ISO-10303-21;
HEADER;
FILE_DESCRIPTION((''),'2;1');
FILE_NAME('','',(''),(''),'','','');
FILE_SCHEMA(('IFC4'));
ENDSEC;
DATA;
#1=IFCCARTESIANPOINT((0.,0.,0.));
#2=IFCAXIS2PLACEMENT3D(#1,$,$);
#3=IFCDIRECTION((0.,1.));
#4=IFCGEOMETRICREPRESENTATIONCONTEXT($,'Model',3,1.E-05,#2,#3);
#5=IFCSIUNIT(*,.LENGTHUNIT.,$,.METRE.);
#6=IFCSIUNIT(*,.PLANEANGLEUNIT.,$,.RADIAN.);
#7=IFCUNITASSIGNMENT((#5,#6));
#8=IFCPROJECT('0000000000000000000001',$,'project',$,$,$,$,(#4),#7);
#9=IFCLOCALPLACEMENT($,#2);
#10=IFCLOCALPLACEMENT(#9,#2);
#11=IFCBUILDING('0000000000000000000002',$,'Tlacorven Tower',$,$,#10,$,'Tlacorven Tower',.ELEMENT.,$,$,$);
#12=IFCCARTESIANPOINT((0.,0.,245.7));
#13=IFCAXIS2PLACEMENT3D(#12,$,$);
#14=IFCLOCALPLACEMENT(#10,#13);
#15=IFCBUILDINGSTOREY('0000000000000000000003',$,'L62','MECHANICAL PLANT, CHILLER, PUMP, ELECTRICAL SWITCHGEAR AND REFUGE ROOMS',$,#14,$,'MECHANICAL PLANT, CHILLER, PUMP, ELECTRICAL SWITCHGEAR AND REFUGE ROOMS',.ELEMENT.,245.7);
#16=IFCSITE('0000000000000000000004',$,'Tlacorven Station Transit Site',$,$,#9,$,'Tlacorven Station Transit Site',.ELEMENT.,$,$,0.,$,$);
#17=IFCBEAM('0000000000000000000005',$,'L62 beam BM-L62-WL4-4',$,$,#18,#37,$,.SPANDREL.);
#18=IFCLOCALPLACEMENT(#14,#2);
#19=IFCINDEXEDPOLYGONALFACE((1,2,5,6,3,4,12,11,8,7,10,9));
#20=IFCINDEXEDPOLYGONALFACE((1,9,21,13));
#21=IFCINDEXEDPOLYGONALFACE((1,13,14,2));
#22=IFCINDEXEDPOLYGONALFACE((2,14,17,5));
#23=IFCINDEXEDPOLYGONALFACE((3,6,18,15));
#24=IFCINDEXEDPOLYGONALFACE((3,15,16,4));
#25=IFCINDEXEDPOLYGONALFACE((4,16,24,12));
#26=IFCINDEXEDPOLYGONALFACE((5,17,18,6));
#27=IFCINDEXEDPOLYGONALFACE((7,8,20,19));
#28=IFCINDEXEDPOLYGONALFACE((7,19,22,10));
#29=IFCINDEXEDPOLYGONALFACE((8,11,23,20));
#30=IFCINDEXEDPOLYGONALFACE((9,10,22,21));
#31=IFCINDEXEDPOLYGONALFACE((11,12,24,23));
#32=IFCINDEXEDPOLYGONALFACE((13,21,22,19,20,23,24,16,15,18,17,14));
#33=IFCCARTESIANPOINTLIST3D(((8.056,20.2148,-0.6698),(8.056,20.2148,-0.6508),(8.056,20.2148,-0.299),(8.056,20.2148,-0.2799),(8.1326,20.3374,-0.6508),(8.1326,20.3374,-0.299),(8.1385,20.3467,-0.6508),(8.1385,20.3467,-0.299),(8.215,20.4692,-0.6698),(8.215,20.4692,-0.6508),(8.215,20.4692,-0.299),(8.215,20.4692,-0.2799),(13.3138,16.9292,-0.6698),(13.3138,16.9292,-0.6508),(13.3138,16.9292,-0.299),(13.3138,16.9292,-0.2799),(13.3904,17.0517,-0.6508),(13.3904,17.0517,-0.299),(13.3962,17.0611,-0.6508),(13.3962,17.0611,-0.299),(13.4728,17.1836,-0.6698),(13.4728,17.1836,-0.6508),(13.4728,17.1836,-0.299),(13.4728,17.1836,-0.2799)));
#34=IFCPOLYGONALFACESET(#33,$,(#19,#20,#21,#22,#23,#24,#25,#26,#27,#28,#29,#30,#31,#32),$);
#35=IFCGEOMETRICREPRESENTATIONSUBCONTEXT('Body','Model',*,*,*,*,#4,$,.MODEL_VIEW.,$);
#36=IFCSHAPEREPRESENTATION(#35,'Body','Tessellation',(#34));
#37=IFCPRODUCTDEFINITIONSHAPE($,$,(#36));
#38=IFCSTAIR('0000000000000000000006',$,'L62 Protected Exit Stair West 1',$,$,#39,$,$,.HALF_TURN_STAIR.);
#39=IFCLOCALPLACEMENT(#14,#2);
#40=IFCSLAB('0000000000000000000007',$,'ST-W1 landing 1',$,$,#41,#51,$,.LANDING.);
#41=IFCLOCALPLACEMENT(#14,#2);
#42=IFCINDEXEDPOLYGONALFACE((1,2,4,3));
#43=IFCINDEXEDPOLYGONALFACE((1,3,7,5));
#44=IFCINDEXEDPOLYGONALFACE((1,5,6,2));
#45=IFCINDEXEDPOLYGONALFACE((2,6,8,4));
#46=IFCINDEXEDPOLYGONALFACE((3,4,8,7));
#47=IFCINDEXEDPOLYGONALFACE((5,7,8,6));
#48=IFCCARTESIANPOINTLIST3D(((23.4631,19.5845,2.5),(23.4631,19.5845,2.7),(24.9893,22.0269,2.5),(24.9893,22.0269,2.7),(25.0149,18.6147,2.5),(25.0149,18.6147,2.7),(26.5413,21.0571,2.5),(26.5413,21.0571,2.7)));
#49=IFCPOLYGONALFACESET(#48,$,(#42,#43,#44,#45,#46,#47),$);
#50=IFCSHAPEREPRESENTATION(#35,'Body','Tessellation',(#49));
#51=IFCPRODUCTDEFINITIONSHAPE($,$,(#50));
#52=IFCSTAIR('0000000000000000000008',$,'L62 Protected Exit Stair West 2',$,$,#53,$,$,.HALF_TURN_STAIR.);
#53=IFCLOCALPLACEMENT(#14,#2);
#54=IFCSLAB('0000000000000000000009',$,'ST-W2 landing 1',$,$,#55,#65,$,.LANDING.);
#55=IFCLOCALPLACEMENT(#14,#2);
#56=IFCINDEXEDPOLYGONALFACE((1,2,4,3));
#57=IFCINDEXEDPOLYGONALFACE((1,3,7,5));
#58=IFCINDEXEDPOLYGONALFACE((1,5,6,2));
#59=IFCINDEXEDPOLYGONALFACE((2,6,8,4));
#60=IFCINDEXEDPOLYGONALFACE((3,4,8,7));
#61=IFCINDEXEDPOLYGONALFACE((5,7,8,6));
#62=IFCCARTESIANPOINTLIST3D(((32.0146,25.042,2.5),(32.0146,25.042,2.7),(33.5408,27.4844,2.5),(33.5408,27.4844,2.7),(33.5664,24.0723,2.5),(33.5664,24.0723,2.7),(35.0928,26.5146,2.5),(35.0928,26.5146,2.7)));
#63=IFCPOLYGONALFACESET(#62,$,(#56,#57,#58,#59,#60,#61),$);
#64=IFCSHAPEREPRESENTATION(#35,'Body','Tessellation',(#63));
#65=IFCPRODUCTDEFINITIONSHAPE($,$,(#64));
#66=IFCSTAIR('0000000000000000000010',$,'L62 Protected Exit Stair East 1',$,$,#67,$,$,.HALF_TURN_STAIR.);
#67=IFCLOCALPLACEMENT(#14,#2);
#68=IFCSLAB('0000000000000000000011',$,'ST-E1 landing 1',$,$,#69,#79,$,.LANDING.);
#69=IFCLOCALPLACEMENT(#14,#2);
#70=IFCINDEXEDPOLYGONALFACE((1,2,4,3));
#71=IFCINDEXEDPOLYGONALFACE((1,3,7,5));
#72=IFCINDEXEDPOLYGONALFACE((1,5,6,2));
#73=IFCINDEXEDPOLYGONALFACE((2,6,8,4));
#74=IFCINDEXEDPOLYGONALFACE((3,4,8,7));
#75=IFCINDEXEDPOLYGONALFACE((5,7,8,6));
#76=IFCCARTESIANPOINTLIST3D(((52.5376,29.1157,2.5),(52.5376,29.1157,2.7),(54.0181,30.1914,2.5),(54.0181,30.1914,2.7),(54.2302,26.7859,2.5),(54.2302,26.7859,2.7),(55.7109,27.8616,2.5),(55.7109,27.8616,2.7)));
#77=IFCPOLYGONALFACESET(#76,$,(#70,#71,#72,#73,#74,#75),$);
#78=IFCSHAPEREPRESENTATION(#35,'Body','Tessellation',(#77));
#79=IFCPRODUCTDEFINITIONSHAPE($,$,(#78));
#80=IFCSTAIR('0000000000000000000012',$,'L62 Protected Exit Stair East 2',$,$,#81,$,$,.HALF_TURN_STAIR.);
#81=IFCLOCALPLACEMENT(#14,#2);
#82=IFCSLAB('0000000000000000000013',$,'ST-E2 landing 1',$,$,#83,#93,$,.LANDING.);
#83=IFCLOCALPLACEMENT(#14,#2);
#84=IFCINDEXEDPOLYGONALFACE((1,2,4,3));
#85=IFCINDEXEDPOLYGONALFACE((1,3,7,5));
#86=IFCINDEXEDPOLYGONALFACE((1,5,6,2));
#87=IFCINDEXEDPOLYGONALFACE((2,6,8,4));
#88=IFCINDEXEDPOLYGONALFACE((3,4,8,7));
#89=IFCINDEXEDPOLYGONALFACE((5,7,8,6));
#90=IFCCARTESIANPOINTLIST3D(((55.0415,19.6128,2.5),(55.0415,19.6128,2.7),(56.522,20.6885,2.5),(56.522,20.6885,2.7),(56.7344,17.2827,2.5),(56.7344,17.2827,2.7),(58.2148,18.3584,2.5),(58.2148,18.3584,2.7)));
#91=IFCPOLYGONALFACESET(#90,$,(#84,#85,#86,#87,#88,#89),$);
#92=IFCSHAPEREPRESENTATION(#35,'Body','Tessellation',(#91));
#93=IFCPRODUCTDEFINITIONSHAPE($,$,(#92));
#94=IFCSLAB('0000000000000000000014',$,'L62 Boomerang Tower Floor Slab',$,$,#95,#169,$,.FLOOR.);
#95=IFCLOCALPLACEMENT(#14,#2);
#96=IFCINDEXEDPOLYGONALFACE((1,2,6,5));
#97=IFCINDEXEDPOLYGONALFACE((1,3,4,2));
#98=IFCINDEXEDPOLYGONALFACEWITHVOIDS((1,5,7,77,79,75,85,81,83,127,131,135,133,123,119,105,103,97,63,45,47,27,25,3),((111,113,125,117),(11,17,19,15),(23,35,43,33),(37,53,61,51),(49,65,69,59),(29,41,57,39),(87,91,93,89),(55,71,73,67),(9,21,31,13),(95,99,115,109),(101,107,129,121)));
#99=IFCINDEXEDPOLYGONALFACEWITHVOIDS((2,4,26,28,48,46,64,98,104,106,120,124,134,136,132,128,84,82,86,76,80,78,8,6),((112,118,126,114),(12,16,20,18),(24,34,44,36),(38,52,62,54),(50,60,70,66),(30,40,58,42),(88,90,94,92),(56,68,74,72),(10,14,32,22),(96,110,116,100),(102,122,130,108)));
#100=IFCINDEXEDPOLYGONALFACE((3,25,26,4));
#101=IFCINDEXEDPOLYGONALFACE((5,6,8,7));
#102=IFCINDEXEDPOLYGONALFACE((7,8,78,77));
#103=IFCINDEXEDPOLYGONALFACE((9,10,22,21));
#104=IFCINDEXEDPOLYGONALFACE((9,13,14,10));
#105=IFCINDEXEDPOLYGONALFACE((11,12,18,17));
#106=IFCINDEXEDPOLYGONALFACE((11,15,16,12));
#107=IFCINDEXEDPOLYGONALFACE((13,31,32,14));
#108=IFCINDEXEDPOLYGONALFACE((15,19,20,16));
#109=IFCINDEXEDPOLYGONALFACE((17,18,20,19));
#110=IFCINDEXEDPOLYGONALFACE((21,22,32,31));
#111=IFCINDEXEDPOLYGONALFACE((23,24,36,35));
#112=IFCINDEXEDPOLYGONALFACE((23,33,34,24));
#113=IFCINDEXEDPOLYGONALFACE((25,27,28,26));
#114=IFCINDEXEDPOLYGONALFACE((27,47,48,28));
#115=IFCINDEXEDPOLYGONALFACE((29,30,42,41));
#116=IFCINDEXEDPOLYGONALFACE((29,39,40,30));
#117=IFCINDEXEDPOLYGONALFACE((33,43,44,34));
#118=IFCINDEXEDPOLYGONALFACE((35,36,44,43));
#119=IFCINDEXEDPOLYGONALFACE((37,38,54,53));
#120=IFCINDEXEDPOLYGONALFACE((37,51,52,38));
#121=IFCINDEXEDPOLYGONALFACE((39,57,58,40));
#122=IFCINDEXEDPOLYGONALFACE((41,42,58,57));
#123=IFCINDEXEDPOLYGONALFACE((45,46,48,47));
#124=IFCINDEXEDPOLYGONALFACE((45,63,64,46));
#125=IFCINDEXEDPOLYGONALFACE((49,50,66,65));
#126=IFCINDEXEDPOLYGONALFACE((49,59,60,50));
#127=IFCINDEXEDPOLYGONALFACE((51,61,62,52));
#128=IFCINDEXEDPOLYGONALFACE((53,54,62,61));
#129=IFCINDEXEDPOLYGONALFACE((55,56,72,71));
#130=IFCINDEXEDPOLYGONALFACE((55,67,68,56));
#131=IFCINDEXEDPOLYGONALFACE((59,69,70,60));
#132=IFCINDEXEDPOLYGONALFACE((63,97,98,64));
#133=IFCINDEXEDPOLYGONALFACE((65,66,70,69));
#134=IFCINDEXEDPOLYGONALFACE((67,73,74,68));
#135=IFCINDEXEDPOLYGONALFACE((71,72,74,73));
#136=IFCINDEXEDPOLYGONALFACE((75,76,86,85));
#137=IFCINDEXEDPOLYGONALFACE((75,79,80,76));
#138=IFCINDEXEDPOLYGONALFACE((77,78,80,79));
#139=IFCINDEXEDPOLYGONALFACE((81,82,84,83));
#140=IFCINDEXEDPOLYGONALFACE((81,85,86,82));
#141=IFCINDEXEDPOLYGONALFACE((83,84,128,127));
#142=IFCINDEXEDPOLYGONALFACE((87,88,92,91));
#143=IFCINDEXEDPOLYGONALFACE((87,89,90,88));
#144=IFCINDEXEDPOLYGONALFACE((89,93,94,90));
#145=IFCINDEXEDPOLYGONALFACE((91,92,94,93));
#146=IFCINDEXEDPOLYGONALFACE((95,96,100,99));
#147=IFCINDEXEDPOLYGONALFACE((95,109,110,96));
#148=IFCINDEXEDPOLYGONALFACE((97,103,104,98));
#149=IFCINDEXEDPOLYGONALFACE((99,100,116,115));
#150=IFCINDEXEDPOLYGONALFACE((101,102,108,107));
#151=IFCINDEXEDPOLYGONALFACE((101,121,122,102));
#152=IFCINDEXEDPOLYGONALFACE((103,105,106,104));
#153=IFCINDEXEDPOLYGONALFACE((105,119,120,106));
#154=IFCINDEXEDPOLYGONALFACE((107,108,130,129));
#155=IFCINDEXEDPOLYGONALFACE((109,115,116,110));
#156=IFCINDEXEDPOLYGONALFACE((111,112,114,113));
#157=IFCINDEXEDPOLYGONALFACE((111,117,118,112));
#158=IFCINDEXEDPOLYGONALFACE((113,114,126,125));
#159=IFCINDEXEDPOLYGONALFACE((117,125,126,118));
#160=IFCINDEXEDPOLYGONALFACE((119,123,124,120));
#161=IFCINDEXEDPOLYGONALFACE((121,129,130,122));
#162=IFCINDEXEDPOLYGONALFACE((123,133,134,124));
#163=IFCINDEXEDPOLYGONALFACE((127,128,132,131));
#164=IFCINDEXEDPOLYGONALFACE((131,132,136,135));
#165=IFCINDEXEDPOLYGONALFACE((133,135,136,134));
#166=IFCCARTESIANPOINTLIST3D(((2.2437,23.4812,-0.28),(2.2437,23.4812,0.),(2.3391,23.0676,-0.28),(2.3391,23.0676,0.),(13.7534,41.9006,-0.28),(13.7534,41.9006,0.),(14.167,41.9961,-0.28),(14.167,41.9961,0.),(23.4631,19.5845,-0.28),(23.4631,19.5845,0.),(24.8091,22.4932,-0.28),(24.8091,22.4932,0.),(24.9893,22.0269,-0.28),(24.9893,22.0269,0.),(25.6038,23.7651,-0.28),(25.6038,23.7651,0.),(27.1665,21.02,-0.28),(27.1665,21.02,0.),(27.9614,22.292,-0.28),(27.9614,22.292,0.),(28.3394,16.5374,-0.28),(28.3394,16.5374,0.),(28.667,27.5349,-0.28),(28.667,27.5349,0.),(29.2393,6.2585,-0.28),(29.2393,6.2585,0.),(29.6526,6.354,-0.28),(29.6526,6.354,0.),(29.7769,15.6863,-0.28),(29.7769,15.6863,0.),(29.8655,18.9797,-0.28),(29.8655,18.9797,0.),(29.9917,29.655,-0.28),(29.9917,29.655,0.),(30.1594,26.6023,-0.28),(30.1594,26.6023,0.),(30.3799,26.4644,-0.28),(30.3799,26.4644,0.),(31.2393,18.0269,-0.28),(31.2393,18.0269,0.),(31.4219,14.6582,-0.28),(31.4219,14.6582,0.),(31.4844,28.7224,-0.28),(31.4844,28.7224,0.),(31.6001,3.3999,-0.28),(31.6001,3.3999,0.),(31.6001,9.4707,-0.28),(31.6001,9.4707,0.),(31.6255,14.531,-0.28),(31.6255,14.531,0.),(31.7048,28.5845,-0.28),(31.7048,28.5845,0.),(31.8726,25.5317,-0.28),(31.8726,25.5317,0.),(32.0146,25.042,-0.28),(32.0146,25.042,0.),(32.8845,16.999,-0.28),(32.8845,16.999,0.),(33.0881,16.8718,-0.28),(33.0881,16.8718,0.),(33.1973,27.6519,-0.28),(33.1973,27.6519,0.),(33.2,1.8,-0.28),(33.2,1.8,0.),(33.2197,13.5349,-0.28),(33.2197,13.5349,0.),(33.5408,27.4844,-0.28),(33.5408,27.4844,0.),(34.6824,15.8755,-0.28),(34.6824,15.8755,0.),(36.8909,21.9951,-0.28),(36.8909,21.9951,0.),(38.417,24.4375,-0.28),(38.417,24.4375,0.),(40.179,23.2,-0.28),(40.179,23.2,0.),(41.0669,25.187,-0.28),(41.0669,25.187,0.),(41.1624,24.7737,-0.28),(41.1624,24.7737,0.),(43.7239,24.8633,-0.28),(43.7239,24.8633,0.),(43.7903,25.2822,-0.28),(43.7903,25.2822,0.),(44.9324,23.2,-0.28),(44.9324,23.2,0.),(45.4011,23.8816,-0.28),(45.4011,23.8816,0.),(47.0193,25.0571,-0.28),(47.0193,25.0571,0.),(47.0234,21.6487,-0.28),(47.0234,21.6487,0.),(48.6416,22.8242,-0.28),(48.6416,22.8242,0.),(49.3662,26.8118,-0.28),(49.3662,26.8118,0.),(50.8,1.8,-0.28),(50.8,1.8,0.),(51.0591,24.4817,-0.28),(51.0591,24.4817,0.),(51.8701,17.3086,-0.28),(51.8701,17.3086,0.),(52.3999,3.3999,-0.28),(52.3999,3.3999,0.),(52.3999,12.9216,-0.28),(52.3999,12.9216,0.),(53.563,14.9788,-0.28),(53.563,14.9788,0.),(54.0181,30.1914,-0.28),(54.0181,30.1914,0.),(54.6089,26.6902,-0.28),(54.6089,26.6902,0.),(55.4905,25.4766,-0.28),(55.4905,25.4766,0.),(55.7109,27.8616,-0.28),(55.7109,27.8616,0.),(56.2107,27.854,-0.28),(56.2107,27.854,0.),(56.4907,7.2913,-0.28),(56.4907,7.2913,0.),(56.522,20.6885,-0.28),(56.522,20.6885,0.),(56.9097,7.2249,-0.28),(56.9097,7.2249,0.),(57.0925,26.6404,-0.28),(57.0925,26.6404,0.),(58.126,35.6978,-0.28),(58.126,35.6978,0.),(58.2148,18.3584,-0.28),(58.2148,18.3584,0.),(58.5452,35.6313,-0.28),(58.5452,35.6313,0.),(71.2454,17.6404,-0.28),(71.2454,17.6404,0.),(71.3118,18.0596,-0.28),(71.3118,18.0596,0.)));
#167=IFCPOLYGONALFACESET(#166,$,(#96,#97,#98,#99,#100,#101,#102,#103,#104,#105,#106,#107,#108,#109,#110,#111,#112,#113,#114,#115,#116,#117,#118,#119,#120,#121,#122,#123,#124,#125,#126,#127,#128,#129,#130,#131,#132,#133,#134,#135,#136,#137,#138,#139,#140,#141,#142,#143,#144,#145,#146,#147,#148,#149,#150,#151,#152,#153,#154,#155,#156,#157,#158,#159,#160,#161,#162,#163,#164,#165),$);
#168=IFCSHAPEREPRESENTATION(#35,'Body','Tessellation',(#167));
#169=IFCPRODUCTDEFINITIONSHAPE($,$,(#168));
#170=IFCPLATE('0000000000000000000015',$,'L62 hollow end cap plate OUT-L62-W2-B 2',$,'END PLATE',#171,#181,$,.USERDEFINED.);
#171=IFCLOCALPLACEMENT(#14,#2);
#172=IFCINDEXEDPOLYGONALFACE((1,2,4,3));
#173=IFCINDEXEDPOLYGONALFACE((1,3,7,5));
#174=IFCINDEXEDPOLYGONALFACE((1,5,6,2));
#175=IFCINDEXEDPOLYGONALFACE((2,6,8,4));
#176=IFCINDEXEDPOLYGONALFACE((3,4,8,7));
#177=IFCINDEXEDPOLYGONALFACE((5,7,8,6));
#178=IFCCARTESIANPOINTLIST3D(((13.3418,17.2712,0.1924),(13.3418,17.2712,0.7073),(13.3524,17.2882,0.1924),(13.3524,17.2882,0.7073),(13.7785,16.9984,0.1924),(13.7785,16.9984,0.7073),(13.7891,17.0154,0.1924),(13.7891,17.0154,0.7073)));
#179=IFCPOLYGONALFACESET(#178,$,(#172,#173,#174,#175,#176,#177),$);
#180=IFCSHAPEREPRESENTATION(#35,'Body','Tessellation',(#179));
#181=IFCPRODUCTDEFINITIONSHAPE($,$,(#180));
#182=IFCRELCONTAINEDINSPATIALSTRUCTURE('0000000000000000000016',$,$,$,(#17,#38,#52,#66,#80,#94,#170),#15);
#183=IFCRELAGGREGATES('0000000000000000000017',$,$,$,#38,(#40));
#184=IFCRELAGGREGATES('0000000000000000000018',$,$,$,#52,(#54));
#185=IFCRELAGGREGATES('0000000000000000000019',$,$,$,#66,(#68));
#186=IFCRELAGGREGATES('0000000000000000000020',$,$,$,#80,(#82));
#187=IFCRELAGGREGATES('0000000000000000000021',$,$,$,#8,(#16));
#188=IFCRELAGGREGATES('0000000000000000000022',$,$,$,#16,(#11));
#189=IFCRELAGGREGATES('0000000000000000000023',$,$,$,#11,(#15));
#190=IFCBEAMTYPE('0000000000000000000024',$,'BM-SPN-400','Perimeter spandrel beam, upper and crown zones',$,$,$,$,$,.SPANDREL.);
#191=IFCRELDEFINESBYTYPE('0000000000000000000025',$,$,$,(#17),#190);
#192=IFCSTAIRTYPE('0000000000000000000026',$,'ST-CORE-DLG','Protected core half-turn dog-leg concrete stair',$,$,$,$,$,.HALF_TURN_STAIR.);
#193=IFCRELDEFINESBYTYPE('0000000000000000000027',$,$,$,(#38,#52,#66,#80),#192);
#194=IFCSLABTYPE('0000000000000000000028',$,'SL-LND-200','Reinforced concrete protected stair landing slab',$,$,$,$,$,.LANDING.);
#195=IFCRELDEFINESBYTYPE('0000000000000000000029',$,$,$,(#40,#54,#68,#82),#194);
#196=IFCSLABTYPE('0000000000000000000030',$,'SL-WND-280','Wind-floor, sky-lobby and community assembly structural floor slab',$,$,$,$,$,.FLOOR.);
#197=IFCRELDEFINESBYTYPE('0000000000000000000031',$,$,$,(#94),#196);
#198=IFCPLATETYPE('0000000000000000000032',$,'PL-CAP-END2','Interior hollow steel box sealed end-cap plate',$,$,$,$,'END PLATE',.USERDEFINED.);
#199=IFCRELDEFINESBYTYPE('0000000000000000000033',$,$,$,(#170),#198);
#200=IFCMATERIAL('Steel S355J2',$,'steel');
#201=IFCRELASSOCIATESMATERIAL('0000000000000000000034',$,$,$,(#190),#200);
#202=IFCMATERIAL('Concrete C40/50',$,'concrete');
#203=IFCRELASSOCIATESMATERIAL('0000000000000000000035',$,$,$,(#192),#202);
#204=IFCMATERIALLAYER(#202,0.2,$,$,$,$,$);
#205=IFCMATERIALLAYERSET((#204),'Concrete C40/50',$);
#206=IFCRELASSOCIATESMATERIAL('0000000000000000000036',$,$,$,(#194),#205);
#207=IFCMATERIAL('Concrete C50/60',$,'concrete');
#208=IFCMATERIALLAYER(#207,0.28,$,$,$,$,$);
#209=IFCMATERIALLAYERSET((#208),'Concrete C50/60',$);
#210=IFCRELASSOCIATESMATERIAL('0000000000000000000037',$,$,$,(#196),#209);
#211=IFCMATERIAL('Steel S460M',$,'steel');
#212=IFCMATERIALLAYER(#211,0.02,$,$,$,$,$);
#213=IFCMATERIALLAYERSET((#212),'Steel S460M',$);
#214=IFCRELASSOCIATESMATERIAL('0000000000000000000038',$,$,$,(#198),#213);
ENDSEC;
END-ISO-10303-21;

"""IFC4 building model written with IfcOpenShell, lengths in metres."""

from ifc_helpers import new_model, si_unit, direction, frame, origin, origin_2d, place, context, subcontext, project, spatial, polyline, rectangle, i_section, outline, extrude, source, transform, mapped, material, layer, layer_set, material_profile, profile_set, type_object, element, aggregate, save


model = new_model("IFC4")

# Units and contexts
model_context = context("Model", 3, precision=1e-05, world=origin(), true_north=direction((0.0, 1.0)))
body_context = subcontext(model_context, "Body", "Model", "MODEL_VIEW")
ifc_project = project(units=[si_unit("LENGTHUNIT", "METRE"), si_unit("PLANEANGLEUNIT", "RADIAN")], contexts=[model_context])

# Site, building, storey
site_placement = place(None, origin())
site = spatial("IfcSite", under=ifc_project, at=site_placement, Name="Tlacorven Station Transit Site", LongName="Tlacorven Station Transit Site", CompositionType="ELEMENT", RefElevation=0.0)
building_placement = place(site_placement, origin())
building = spatial("IfcBuilding", under=site, at=building_placement, Name="Tlacorven Tower", LongName="Tlacorven Tower", CompositionType="ELEMENT")
storey_placement = place(building_placement, frame((0.0, 0.0, 245.7)))
storey = spatial("IfcBuildingStorey", under=building, at=storey_placement, Name="L62", Description="MECHANICAL PLANT, CHILLER, PUMP, ELECTRICAL SWITCHGEAR AND REFUGE ROOMS", LongName="MECHANICAL PLANT, CHILLER, PUMP, ELECTRICAL SWITCHGEAR AND REFUGE ROOMS", CompositionType="ELEMENT", Elevation=245.7)

# Shared definitions
ifc_material_1 = material(Name="Steel S355J2", Category="steel")

# Shared definitions
ifc_material_2 = material(Name="Steel S460M", Category="steel")

# Beam
ifc_material_profile_1 = material_profile(ifc_material_1, i_section(OverallWidth=0.3, OverallDepth=0.3899, WebThickness=0.011, FlangeThickness=0.019, at=origin_2d()), Name="HEA 400")
ifc_profile_set_1 = profile_set([ifc_material_profile_1], Name="Steel S355J2")
beam_type = type_object("IfcBeamType", Name="BM-SPN-400", Description="Perimeter spandrel beam, upper and crown zones", PredefinedType="SPANDREL", material=ifc_profile_set_1)
shared_shape_1 = source(origin(), body_context, "Body", "SweptSolid", [
    extrude(i_section(OverallWidth=0.3, OverallDepth=0.3899, WebThickness=0.011, FlangeThickness=0.019, at=origin_2d()), origin(), (0.0, 0.0, 1.0), 6.2),
])
beam_placement = place(storey_placement, frame((13.3933, 17.0564, -0.4749), z_axis=(-0.848034, 0.529942, 0.0), x_axis=(-0.529942, -0.848034, 0.0)))
element("IfcBeam", 1, at=beam_placement, inside=storey, type_object=beam_type, Name="L62 beam BM-L62-WL4-4", PredefinedType="SPANDREL", context=body_context, shape_type="MappedRepresentation", body=[
    mapped(shared_shape_1, transform((0.0, 0.0, 0.0), scale=1.0)),
])

# Stairs, slabs
ifc_material_3 = material(Name="Concrete C40/50", Category="concrete")
stair_type = type_object("IfcStairType", Name="ST-CORE-DLG", Description="Protected core half-turn dog-leg concrete stair", PredefinedType="HALF_TURN_STAIR", material=ifc_material_3)
stair_1_placement = place(storey_placement, origin())
stair_1 = element("IfcStair", 2, at=stair_1_placement, inside=storey, type_object=stair_type, Name="L62 Protected Exit Stair West 1", PredefinedType="HALF_TURN_STAIR")
ifc_layer_1 = layer(ifc_material_3, 0.2)
ifc_layer_set_1 = layer_set([ifc_layer_1], Name="Concrete C40/50")
slab_type_1 = type_object("IfcSlabType", Name="SL-LND-200", Description="Reinforced concrete protected stair landing slab", PredefinedType="LANDING", material=ifc_layer_set_1)
slab_1_placement = place(storey_placement, frame((0.0, 0.0, 2.5)))
slab_1 = element("IfcSlab", 3, at=slab_1_placement, type_object=slab_type_1, Name="ST-W1 landing 1", PredefinedType="LANDING", context=body_context, shape_type="SweptSolid", body=[
    extrude(outline(polyline([(26.5413, 21.0571), (24.9893, 22.0269), (23.4631, 19.5845), (25.0149, 18.6147), (26.5413, 21.0571)])), origin(), (0.0, 0.0, 1.0), 0.2),
])
aggregate(stair_1, [slab_1])
stair_2_placement = place(storey_placement, origin())
stair_2 = element("IfcStair", 4, at=stair_2_placement, inside=storey, type_object=stair_type, Name="L62 Protected Exit Stair West 2", PredefinedType="HALF_TURN_STAIR")
slab_2_placement = place(storey_placement, frame((0.0, 0.0, 2.5)))
slab_2 = element("IfcSlab", 5, at=slab_2_placement, type_object=slab_type_1, Name="ST-W2 landing 1", PredefinedType="LANDING", context=body_context, shape_type="SweptSolid", body=[
    extrude(outline(polyline([(35.0928, 26.5146), (33.5408, 27.4844), (32.0146, 25.042), (33.5664, 24.0723), (35.0928, 26.5146)])), origin(), (0.0, 0.0, 1.0), 0.2),
])
aggregate(stair_2, [slab_2])
stair_3_placement = place(storey_placement, origin())
stair_3 = element("IfcStair", 6, at=stair_3_placement, inside=storey, type_object=stair_type, Name="L62 Protected Exit Stair East 1", PredefinedType="HALF_TURN_STAIR")
slab_3_placement = place(storey_placement, frame((0.0, 0.0, 2.5)))
slab_3 = element("IfcSlab", 7, at=slab_3_placement, type_object=slab_type_1, Name="ST-E1 landing 1", PredefinedType="LANDING", context=body_context, shape_type="SweptSolid", body=[
    extrude(outline(polyline([(54.2302, 26.7859), (55.7109, 27.8616), (54.0181, 30.1914), (52.5376, 29.1157), (54.2302, 26.7859)])), origin(), (0.0, 0.0, 1.0), 0.2),
])
aggregate(stair_3, [slab_3])
stair_4_placement = place(storey_placement, origin())
stair_4 = element("IfcStair", 8, at=stair_4_placement, inside=storey, type_object=stair_type, Name="L62 Protected Exit Stair East 2", PredefinedType="HALF_TURN_STAIR")
slab_4_placement = place(storey_placement, frame((0.0, 0.0, 2.5)))
slab_4 = element("IfcSlab", 9, at=slab_4_placement, type_object=slab_type_1, Name="ST-E2 landing 1", PredefinedType="LANDING", context=body_context, shape_type="SweptSolid", body=[
    extrude(outline(polyline([(56.7344, 17.2827), (58.2148, 18.3584), (56.522, 20.6885), (55.0415, 19.6128), (56.7344, 17.2827)])), origin(), (0.0, 0.0, 1.0), 0.2),
])
aggregate(stair_4, [slab_4])

# Slab
ifc_material_4 = material(Name="Concrete C50/60", Category="concrete")
ifc_layer_2 = layer(ifc_material_4, 0.28)
ifc_layer_set_2 = layer_set([ifc_layer_2], Name="Concrete C50/60")
slab_type_2 = type_object("IfcSlabType", Name="SL-WND-280", Description="Wind-floor, sky-lobby and community assembly structural floor slab", PredefinedType="FLOOR", material=ifc_layer_set_2)
slab_5_placement = place(storey_placement, frame((0.0, 0.0, -0.28)))
element("IfcSlab", 10, at=slab_5_placement, inside=storey, type_object=slab_type_2, Name="L62 Boomerang Tower Floor Slab", PredefinedType="FLOOR", context=body_context, shape_type="SweptSolid", body=[
    extrude(outline(polyline([(52.3999, 3.3999), (50.8, 1.8), (33.2, 1.8), (31.6001, 3.3999), (31.6001, 9.4707), (29.6526, 6.354), (29.2393, 6.2585), (2.3391, 23.0676), (2.2437, 23.4812), (13.7534, 41.9006), (14.167, 41.9961), (41.0669, 25.187), (41.1624, 24.7737), (40.179, 23.2), (44.9324, 23.2), (43.7239, 24.8633), (43.7903, 25.2822), (58.126, 35.6978), (58.5452, 35.6313), (71.3118, 18.0596), (71.2454, 17.6404), (56.9097, 7.2249), (56.4907, 7.2913), (52.3999, 12.9216), (52.3999, 3.3999)]), holes=[polyline([(29.8655, 18.9797), (24.9893, 22.0269), (23.4631, 19.5845), (28.3394, 16.5374), (29.8655, 18.9797)]), polyline([(38.417, 24.4375), (33.5408, 27.4844), (32.0146, 25.042), (36.8909, 21.9951), (38.417, 24.4375)]), polyline([(51.0591, 24.4817), (55.7109, 27.8616), (54.0181, 30.1914), (49.3662, 26.8118), (51.0591, 24.4817)]), polyline([(53.563, 14.9788), (58.2148, 18.3584), (56.522, 20.6885), (51.8701, 17.3086), (53.563, 14.9788)]), polyline([(34.6824, 15.8755), (33.0881, 16.8718), (31.6255, 14.531), (33.2197, 13.5349), (34.6824, 15.8755)]), polyline([(32.8845, 16.999), (31.2393, 18.0269), (29.7769, 15.6863), (31.4219, 14.6582), (32.8845, 16.999)]), polyline([(47.0234, 21.6487), (48.6416, 22.8242), (47.0193, 25.0571), (45.4011, 23.8816), (47.0234, 21.6487)]), polyline([(33.1973, 27.6519), (31.7048, 28.5845), (30.3799, 26.4644), (31.8726, 25.5317), (33.1973, 27.6519)]), polyline([(31.4844, 28.7224), (29.9917, 29.655), (28.667, 27.5349), (30.1594, 26.6023), (31.4844, 28.7224)]), polyline([(27.9614, 22.292), (25.6038, 23.7651), (24.8091, 22.4932), (27.1665, 21.02), (27.9614, 22.292)]), polyline([(55.4905, 25.4766), (57.0925, 26.6404), (56.2107, 27.854), (54.6089, 26.6902), (55.4905, 25.4766)])]), origin(), (0.0, 0.0, 1.0), 0.28),
])

# Plate
ifc_layer_3 = layer(ifc_material_2, 0.02)
ifc_layer_set_3 = layer_set([ifc_layer_3], Name="Steel S460M")
plate_type_1 = type_object("IfcPlateType", Name="PL-CAP-END2", Description="Interior hollow steel box sealed end-cap plate", ElementType="END PLATE", PredefinedType="USERDEFINED", material=ifc_layer_set_3)
shared_shape_2 = source(origin(), body_context, "Body", "SweptSolid", [
    extrude(rectangle(XDim=0.02, YDim=0.5149, at=origin_2d()), origin(), (0.0, 0.0, 1.0), 0.5149),
])
for number, where, z_axis, x_axis, name in (
    (11, (13.5654, 17.1433, 0.1924), (0.0, 0.0, 1.0), (-0.529919, -0.848048, 0.0), "L62 hollow end cap plate OUT-L62-W2-B 2"),
):
    element("IfcPlate", number, at=place(storey_placement, frame(where, z_axis=z_axis, x_axis=x_axis)), inside=storey, type_object=plate_type_1, Name=name, ObjectType="END PLATE", PredefinedType="USERDEFINED", context=body_context, shape_type="MappedRepresentation", body=[
        mapped(shared_shape_2, transform((0.0, 0.0, 0.0), scale=1.0)),
    ])

save(model, "model.ifc")
